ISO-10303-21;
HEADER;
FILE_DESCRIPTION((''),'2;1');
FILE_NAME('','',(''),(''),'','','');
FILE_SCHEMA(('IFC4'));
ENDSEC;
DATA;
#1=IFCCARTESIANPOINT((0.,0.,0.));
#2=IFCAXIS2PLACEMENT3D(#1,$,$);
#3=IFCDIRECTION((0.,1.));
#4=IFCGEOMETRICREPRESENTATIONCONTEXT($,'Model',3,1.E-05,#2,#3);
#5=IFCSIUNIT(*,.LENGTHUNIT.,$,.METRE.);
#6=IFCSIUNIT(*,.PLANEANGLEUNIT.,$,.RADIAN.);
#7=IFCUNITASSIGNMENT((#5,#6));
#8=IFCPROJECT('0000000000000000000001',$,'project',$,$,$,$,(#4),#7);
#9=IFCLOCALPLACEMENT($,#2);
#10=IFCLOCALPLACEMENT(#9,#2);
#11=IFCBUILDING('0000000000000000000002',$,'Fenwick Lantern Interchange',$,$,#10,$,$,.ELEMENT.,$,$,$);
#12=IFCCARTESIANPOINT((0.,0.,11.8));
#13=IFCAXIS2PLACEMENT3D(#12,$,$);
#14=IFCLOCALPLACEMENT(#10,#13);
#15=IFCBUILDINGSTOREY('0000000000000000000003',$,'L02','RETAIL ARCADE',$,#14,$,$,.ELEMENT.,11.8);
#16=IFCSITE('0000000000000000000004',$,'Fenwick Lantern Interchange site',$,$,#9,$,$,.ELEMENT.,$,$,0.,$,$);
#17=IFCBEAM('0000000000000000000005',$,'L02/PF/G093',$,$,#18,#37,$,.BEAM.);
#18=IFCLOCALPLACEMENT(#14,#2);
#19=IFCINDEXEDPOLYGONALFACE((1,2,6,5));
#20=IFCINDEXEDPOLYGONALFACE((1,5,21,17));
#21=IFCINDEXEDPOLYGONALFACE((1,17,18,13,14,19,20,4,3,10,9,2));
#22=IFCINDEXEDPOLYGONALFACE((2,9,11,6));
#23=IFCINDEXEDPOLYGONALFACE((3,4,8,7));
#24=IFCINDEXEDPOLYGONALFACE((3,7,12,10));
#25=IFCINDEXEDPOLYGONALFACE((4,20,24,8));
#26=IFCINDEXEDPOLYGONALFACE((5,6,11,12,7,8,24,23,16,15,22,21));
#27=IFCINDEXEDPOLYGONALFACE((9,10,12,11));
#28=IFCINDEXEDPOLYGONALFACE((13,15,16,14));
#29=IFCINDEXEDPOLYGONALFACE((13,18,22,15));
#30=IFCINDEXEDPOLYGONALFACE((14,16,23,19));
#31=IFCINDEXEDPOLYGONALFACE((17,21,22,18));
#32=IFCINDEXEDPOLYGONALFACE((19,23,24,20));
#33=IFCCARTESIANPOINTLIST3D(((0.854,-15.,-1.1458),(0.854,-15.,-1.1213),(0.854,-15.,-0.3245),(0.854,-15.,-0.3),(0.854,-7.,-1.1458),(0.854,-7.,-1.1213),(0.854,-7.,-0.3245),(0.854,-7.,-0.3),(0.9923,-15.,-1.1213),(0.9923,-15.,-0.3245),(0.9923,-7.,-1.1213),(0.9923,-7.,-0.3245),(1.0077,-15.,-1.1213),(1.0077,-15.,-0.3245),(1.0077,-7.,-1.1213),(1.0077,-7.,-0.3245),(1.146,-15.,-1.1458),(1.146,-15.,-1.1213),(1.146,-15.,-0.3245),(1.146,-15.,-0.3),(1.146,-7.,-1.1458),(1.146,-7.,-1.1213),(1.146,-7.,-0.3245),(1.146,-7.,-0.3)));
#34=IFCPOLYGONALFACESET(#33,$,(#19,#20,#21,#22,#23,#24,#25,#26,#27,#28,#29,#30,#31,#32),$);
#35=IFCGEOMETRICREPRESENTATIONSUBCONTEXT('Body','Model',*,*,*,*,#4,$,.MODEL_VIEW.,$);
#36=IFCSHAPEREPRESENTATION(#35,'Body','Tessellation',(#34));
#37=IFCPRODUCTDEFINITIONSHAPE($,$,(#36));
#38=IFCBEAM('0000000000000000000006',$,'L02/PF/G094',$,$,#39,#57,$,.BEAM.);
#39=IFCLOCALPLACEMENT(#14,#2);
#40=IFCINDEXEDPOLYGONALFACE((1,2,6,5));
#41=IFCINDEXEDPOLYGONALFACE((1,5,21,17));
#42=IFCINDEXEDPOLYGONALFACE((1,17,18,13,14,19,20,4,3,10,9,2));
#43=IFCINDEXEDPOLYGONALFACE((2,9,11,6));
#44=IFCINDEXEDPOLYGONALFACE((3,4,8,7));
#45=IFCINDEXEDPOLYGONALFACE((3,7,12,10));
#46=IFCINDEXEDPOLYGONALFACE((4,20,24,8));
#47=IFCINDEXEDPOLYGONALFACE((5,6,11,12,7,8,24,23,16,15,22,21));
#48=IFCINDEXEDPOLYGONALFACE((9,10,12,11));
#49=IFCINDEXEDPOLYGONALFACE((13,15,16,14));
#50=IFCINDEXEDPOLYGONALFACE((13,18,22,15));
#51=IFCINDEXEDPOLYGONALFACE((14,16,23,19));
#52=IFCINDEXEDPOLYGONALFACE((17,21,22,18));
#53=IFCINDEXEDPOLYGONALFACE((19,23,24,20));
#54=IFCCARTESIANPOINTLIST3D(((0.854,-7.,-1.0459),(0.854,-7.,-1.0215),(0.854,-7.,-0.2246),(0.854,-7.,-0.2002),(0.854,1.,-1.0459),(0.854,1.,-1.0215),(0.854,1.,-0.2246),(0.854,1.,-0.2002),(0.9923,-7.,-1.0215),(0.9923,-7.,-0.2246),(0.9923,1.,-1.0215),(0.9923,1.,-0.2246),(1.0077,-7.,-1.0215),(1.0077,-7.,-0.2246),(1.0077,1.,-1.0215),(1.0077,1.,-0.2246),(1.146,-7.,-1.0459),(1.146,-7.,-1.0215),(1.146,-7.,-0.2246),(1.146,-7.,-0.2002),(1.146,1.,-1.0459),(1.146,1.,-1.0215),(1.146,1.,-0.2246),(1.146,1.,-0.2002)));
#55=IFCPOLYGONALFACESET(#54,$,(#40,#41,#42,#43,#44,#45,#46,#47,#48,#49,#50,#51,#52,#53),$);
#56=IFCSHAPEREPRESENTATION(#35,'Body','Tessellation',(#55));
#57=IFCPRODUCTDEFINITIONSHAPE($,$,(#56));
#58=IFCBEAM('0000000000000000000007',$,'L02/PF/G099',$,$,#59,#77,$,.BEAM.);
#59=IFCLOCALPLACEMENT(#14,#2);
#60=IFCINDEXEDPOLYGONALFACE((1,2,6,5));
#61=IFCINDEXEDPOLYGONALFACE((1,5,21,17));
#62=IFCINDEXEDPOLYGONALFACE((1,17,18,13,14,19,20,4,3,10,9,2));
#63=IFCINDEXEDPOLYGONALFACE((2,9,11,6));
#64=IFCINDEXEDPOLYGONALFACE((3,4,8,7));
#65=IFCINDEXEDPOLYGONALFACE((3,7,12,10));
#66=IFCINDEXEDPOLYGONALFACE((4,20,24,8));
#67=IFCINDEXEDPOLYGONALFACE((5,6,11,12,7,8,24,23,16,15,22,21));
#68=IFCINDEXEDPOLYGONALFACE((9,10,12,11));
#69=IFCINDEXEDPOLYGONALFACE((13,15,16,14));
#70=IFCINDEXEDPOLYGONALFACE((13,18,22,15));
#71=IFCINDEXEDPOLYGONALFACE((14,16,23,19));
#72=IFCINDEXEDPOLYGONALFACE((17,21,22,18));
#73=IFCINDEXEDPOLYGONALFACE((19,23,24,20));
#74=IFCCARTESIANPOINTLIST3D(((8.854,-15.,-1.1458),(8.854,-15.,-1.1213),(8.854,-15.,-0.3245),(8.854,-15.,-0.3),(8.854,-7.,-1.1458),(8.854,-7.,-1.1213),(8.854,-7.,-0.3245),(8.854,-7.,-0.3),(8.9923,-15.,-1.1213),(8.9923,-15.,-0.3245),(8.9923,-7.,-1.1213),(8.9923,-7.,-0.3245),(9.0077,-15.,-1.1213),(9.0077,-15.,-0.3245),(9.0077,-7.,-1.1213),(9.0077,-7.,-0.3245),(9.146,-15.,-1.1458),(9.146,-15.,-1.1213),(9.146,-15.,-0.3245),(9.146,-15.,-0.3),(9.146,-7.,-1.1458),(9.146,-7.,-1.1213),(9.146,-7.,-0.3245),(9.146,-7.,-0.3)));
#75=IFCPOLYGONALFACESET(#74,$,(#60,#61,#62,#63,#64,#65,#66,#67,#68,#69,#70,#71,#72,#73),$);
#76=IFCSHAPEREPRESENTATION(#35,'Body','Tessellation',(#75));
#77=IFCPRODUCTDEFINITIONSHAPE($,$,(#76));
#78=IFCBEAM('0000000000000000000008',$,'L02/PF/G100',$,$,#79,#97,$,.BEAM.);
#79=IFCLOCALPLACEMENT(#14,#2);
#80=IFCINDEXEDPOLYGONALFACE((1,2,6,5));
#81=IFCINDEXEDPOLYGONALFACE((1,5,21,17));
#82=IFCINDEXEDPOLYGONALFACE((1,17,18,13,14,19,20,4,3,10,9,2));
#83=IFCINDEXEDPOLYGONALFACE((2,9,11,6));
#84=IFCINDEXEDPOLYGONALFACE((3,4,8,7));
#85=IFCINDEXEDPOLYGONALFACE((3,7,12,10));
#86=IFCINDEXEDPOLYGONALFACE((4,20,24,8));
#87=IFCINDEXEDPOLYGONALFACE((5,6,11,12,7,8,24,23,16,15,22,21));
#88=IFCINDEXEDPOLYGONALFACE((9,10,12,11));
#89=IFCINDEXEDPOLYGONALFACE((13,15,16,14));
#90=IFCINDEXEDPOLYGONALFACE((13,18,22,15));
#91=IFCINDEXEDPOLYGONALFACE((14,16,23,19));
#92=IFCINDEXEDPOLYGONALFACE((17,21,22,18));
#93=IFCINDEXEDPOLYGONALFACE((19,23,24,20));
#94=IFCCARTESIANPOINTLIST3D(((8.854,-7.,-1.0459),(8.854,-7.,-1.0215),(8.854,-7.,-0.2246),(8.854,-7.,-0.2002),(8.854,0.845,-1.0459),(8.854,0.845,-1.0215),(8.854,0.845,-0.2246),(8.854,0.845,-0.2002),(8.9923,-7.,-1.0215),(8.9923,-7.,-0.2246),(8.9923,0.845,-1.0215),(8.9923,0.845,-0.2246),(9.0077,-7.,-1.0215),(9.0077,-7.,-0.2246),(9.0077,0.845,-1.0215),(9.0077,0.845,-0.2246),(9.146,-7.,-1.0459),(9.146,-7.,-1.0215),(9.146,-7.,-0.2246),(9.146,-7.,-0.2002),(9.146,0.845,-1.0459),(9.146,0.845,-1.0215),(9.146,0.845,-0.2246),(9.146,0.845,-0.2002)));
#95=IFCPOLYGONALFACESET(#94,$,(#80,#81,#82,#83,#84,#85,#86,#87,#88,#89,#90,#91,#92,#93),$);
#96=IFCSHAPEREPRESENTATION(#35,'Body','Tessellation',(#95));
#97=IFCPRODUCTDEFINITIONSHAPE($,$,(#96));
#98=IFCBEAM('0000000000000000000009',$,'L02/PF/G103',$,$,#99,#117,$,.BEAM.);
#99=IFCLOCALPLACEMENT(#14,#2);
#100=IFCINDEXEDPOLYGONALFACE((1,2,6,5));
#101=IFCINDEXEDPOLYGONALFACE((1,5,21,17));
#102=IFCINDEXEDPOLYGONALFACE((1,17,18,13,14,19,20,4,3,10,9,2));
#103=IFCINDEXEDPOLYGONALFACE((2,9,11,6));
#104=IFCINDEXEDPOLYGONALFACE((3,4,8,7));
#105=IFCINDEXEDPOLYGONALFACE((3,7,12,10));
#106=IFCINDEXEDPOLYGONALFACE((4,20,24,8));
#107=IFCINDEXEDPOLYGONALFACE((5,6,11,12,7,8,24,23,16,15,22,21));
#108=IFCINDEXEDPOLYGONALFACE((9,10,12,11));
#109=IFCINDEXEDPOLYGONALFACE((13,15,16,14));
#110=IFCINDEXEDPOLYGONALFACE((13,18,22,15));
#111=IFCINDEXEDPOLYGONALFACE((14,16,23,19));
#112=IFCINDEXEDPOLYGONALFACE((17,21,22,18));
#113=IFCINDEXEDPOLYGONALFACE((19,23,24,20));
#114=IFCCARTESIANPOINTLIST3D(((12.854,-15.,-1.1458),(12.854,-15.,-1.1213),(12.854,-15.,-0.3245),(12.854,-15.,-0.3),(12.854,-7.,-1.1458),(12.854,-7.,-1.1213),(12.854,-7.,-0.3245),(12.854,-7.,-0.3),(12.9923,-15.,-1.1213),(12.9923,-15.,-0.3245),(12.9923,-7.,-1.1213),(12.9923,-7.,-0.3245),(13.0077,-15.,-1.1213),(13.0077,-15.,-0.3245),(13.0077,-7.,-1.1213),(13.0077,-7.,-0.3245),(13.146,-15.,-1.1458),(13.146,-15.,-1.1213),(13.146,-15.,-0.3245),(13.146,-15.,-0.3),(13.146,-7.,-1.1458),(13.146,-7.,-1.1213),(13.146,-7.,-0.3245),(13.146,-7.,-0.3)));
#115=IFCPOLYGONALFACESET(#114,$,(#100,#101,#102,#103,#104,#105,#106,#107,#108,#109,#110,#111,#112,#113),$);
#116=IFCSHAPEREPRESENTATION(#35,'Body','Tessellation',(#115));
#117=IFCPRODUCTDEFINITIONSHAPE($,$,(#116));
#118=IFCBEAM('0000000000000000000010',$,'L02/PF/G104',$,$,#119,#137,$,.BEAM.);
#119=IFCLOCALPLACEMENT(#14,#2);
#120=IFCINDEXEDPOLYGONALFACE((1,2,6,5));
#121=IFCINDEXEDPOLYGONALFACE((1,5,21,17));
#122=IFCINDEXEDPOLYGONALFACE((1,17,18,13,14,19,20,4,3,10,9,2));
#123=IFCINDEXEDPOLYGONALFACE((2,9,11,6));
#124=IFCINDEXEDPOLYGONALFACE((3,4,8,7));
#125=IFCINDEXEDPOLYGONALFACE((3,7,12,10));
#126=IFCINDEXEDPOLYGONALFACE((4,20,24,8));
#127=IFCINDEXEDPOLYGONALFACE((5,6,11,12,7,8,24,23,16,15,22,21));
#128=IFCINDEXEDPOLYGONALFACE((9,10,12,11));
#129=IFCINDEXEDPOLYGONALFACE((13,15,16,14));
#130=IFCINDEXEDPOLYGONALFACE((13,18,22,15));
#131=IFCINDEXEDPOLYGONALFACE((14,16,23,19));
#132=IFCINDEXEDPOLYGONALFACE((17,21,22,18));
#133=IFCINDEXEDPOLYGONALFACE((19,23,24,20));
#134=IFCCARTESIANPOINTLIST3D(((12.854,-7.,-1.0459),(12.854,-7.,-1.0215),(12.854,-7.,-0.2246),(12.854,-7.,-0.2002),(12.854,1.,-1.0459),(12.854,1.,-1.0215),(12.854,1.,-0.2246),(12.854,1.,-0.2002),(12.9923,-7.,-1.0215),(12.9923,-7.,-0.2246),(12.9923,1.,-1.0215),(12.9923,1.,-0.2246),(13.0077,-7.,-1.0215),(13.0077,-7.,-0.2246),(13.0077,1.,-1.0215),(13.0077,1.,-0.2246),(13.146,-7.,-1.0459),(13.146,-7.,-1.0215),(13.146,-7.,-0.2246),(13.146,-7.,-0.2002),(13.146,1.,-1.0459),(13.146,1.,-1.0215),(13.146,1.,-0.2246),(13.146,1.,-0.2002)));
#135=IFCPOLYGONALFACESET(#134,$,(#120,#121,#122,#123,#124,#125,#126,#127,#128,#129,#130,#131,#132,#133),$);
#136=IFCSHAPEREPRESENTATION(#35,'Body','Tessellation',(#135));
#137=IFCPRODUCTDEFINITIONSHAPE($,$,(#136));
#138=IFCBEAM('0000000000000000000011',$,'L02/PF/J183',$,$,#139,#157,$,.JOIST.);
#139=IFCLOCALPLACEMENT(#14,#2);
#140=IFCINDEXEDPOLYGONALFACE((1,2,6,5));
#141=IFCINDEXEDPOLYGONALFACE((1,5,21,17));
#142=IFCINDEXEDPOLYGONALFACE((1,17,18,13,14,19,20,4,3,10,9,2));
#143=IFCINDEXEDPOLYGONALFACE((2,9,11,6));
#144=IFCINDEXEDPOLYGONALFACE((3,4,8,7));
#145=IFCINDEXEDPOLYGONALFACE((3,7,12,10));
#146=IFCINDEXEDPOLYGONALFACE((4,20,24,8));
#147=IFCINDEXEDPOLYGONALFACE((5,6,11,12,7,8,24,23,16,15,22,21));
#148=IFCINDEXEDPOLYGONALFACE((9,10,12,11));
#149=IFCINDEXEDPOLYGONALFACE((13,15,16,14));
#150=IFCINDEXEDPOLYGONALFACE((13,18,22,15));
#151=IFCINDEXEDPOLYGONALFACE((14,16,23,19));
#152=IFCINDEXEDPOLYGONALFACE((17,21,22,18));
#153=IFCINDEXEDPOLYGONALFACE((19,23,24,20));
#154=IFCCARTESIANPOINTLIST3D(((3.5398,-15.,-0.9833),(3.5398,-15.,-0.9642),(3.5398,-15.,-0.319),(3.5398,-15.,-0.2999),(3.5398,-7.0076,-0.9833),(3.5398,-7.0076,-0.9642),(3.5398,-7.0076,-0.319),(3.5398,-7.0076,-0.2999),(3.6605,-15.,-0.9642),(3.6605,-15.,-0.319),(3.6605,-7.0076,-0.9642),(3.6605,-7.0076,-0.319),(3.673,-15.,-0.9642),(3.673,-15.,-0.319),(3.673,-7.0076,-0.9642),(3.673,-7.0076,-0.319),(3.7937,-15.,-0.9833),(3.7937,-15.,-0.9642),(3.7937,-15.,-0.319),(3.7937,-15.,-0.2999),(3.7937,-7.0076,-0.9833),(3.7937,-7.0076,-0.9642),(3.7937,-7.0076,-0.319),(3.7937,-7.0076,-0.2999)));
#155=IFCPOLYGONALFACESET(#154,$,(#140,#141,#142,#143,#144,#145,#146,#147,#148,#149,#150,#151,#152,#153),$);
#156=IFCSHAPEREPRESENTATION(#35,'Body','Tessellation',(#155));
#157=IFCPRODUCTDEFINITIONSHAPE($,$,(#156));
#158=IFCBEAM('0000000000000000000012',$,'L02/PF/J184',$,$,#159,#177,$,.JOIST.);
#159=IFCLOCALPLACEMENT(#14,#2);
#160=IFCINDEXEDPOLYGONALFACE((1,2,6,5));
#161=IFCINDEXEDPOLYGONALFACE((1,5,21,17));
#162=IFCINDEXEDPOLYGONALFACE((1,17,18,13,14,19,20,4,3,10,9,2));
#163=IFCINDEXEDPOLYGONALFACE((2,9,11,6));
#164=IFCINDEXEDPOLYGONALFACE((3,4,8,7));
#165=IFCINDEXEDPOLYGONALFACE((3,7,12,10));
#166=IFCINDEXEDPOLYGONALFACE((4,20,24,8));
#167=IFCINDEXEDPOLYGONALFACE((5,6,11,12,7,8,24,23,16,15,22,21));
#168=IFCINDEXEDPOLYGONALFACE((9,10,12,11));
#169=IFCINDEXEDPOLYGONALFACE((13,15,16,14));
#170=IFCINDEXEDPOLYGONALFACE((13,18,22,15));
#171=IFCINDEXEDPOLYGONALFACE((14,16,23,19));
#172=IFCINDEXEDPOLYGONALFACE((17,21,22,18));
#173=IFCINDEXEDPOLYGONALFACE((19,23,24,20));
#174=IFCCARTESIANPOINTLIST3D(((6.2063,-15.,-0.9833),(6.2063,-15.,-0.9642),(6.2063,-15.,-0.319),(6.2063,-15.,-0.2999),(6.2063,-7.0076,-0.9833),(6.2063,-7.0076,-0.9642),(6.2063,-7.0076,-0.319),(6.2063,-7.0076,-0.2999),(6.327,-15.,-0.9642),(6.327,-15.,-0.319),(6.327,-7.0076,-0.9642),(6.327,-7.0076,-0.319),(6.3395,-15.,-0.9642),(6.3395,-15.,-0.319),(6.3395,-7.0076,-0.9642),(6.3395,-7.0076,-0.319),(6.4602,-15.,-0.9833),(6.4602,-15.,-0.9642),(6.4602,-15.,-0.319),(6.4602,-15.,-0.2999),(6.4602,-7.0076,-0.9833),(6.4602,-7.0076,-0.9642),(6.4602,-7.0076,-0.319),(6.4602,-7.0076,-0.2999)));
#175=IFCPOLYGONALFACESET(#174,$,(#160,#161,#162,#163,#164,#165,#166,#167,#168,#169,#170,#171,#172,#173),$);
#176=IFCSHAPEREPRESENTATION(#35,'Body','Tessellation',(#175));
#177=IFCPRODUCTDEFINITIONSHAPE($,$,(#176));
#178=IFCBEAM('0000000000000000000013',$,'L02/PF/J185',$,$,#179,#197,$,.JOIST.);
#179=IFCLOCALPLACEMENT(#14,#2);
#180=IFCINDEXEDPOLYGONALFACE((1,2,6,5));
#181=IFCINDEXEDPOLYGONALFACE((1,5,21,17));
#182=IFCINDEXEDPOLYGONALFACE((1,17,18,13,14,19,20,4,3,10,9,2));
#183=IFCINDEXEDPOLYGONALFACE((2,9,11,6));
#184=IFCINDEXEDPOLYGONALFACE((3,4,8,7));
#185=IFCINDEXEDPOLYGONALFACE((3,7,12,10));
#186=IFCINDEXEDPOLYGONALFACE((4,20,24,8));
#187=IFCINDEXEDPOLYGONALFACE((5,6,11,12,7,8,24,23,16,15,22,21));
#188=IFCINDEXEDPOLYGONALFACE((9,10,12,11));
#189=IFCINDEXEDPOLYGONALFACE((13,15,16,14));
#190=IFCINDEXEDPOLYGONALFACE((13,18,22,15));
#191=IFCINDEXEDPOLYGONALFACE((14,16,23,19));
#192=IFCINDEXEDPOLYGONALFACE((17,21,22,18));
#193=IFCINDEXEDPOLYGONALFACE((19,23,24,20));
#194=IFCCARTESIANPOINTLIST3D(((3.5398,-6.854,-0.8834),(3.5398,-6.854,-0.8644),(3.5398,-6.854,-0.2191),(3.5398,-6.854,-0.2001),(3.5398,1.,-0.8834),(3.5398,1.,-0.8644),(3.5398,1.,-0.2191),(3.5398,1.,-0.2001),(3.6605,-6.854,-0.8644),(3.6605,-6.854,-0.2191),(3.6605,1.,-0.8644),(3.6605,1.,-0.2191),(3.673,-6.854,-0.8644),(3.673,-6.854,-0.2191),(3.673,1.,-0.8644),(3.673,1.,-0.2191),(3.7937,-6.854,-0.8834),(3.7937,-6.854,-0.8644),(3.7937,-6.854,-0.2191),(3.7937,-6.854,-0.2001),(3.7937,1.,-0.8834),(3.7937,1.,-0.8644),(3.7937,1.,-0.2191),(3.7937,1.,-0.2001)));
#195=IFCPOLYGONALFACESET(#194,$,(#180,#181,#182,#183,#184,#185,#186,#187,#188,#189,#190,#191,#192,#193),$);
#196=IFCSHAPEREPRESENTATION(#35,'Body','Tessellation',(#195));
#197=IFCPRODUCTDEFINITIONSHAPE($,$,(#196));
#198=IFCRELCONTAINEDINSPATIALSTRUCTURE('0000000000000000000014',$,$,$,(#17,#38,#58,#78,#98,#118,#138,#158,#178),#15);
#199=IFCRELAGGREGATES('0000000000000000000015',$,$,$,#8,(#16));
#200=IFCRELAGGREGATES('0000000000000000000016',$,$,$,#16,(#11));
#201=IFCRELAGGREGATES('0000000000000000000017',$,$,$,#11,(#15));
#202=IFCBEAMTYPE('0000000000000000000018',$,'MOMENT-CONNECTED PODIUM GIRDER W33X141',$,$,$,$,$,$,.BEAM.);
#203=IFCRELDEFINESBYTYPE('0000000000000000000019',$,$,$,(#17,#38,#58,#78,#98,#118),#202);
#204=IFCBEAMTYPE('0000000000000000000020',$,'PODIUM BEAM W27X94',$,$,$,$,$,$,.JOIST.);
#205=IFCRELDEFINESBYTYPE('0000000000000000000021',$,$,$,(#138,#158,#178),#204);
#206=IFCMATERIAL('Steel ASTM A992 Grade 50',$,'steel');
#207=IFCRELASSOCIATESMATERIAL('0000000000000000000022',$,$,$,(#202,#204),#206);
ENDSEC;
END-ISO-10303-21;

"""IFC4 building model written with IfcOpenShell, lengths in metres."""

from ifc_helpers import new_model, si_unit, direction, frame, origin, origin_2d, place, context, subcontext, project, spatial, i_section, extrude, material, material_profile, profile_set, type_object, element, save


model = new_model("IFC4")

# Units and contexts
model_context = context("Model", 3, precision=1e-05, world=origin(), true_north=direction((0.0, 1.0)))
body_context = subcontext(model_context, "Body", "Model", "MODEL_VIEW")
ifc_project = project(units=[si_unit("LENGTHUNIT", "METRE"), si_unit("PLANEANGLEUNIT", "RADIAN")], contexts=[model_context])

# Site, building, storey
site_placement = place(None, origin())
site = spatial("IfcSite", under=ifc_project, at=site_placement, Name="Fenwick Lantern Interchange site", CompositionType="ELEMENT", RefElevation=0.0)
building_placement = place(site_placement, origin())
building = spatial("IfcBuilding", under=site, at=building_placement, Name="Fenwick Lantern Interchange", CompositionType="ELEMENT")
storey_placement = place(building_placement, frame((0.0, 0.0, 11.8)))
storey = spatial("IfcBuildingStorey", under=building, at=storey_placement, Name="L02", Description="RETAIL ARCADE", CompositionType="ELEMENT", Elevation=11.8)

# Shared definitions
ifc_material_1 = material(Name="Steel ASTM A992 Grade 50", Category="steel")

# Beams
ifc_material_profile_1 = material_profile(ifc_material_1, i_section(OverallWidth=0.292, OverallDepth=0.8457, WebThickness=0.0154, FlangeThickness=0.0244, at=origin_2d()), Name="W33X141")
ifc_profile_set_1 = profile_set([ifc_material_profile_1], Name="Steel ASTM A992 Grade 50")
beam_type_1 = type_object("IfcBeamType", Name="MOMENT-CONNECTED PODIUM GIRDER W33X141", PredefinedType="BEAM", material=ifc_profile_set_1)
for number, where, z_axis, x_axis, name in (
    (1, (1.0, -15.0, -0.7229), (0.0, 1.0, 0.0), (-1.0, 0.0, 0.0), "L02/PF/G093"),
    (2, (1.0, -7.0, -0.623), (0.0, 1.0, 0.0), (-1.0, 0.0, 0.0), "L02/PF/G094"),
    (3, (9.0, -15.0, -0.7229), (0.0, 1.0, 0.0), (-1.0, 0.0, 0.0), "L02/PF/G099"),
):
    element("IfcBeam", number, at=place(storey_placement, frame(where, z_axis=z_axis, x_axis=x_axis)), inside=storey, type_object=beam_type_1, Name=name, PredefinedType="BEAM", context=body_context, shape_type="SweptSolid", body=[
        extrude(i_section(OverallWidth=0.292, OverallDepth=0.8457, WebThickness=0.0154, FlangeThickness=0.0244, at=origin_2d()), origin(), (0.0, 0.0, 1.0), 8.0),
    ])
beam_1_placement = place(storey_placement, frame((9.0, -7.0, -0.623), z_axis=(0.0, 1.0, 0.0), x_axis=(-1.0, 0.0, 0.0)))
element("IfcBeam", 4, at=beam_1_placement, inside=storey, type_object=beam_type_1, Name="L02/PF/G100", PredefinedType="BEAM", context=body_context, shape_type="SweptSolid", body=[
    extrude(i_section(OverallWidth=0.292, OverallDepth=0.8457, WebThickness=0.0154, FlangeThickness=0.0244, at=origin_2d()), origin(), (0.0, 0.0, 1.0), 7.845),
])
for number, where, z_axis, x_axis, name in (
    (5, (13.0, -15.0, -0.7229), (0.0, 1.0, 0.0), (-1.0, 0.0, 0.0), "L02/PF/G103"),
    (6, (13.0, -7.0, -0.623), (0.0, 1.0, 0.0), (-1.0, 0.0, 0.0), "L02/PF/G104"),
):
    element("IfcBeam", number, at=place(storey_placement, frame(where, z_axis=z_axis, x_axis=x_axis)), inside=storey, type_object=beam_type_1, Name=name, PredefinedType="BEAM", context=body_context, shape_type="SweptSolid", body=[
        extrude(i_section(OverallWidth=0.292, OverallDepth=0.8457, WebThickness=0.0154, FlangeThickness=0.0244, at=origin_2d()), origin(), (0.0, 0.0, 1.0), 8.0),
    ])
ifc_material_profile_2 = material_profile(ifc_material_1, i_section(OverallWidth=0.2539, OverallDepth=0.6833, WebThickness=0.0125, FlangeThickness=0.019, at=origin_2d()), Name="W27X94")
ifc_profile_set_2 = profile_set([ifc_material_profile_2], Name="Steel ASTM A992 Grade 50")
beam_type_2 = type_object("IfcBeamType", Name="PODIUM BEAM W27X94", PredefinedType="JOIST", material=ifc_profile_set_2)
for number, where, z_axis, x_axis, name in (
    (7, (3.6667, -15.0, -0.6416), (0.0, 1.0, 0.0), (-1.0, 0.0, 0.0), "L02/PF/J183"),
    (8, (6.3333, -15.0, -0.6416), (0.0, 1.0, 0.0), (-1.0, 0.0, 0.0), "L02/PF/J184"),
):
    element("IfcBeam", number, at=place(storey_placement, frame(where, z_axis=z_axis, x_axis=x_axis)), inside=storey, type_object=beam_type_2, Name=name, PredefinedType="JOIST", context=body_context, shape_type="SweptSolid", body=[
        extrude(i_section(OverallWidth=0.2539, OverallDepth=0.6833, WebThickness=0.0125, FlangeThickness=0.019, at=origin_2d()), origin(), (0.0, 0.0, 1.0), 7.9924),
    ])
beam_2_placement = place(storey_placement, frame((3.6667, -6.854, -0.5417), z_axis=(0.0, 1.0, 0.0), x_axis=(-1.0, 0.0, 0.0)))
element("IfcBeam", 9, at=beam_2_placement, inside=storey, type_object=beam_type_2, Name="L02/PF/J185", PredefinedType="JOIST", context=body_context, shape_type="SweptSolid", body=[
    extrude(i_section(OverallWidth=0.2539, OverallDepth=0.6833, WebThickness=0.0125, FlangeThickness=0.019, at=origin_2d()), origin(), (0.0, 0.0, 1.0), 7.854),
])

save(model, "model.ifc")
